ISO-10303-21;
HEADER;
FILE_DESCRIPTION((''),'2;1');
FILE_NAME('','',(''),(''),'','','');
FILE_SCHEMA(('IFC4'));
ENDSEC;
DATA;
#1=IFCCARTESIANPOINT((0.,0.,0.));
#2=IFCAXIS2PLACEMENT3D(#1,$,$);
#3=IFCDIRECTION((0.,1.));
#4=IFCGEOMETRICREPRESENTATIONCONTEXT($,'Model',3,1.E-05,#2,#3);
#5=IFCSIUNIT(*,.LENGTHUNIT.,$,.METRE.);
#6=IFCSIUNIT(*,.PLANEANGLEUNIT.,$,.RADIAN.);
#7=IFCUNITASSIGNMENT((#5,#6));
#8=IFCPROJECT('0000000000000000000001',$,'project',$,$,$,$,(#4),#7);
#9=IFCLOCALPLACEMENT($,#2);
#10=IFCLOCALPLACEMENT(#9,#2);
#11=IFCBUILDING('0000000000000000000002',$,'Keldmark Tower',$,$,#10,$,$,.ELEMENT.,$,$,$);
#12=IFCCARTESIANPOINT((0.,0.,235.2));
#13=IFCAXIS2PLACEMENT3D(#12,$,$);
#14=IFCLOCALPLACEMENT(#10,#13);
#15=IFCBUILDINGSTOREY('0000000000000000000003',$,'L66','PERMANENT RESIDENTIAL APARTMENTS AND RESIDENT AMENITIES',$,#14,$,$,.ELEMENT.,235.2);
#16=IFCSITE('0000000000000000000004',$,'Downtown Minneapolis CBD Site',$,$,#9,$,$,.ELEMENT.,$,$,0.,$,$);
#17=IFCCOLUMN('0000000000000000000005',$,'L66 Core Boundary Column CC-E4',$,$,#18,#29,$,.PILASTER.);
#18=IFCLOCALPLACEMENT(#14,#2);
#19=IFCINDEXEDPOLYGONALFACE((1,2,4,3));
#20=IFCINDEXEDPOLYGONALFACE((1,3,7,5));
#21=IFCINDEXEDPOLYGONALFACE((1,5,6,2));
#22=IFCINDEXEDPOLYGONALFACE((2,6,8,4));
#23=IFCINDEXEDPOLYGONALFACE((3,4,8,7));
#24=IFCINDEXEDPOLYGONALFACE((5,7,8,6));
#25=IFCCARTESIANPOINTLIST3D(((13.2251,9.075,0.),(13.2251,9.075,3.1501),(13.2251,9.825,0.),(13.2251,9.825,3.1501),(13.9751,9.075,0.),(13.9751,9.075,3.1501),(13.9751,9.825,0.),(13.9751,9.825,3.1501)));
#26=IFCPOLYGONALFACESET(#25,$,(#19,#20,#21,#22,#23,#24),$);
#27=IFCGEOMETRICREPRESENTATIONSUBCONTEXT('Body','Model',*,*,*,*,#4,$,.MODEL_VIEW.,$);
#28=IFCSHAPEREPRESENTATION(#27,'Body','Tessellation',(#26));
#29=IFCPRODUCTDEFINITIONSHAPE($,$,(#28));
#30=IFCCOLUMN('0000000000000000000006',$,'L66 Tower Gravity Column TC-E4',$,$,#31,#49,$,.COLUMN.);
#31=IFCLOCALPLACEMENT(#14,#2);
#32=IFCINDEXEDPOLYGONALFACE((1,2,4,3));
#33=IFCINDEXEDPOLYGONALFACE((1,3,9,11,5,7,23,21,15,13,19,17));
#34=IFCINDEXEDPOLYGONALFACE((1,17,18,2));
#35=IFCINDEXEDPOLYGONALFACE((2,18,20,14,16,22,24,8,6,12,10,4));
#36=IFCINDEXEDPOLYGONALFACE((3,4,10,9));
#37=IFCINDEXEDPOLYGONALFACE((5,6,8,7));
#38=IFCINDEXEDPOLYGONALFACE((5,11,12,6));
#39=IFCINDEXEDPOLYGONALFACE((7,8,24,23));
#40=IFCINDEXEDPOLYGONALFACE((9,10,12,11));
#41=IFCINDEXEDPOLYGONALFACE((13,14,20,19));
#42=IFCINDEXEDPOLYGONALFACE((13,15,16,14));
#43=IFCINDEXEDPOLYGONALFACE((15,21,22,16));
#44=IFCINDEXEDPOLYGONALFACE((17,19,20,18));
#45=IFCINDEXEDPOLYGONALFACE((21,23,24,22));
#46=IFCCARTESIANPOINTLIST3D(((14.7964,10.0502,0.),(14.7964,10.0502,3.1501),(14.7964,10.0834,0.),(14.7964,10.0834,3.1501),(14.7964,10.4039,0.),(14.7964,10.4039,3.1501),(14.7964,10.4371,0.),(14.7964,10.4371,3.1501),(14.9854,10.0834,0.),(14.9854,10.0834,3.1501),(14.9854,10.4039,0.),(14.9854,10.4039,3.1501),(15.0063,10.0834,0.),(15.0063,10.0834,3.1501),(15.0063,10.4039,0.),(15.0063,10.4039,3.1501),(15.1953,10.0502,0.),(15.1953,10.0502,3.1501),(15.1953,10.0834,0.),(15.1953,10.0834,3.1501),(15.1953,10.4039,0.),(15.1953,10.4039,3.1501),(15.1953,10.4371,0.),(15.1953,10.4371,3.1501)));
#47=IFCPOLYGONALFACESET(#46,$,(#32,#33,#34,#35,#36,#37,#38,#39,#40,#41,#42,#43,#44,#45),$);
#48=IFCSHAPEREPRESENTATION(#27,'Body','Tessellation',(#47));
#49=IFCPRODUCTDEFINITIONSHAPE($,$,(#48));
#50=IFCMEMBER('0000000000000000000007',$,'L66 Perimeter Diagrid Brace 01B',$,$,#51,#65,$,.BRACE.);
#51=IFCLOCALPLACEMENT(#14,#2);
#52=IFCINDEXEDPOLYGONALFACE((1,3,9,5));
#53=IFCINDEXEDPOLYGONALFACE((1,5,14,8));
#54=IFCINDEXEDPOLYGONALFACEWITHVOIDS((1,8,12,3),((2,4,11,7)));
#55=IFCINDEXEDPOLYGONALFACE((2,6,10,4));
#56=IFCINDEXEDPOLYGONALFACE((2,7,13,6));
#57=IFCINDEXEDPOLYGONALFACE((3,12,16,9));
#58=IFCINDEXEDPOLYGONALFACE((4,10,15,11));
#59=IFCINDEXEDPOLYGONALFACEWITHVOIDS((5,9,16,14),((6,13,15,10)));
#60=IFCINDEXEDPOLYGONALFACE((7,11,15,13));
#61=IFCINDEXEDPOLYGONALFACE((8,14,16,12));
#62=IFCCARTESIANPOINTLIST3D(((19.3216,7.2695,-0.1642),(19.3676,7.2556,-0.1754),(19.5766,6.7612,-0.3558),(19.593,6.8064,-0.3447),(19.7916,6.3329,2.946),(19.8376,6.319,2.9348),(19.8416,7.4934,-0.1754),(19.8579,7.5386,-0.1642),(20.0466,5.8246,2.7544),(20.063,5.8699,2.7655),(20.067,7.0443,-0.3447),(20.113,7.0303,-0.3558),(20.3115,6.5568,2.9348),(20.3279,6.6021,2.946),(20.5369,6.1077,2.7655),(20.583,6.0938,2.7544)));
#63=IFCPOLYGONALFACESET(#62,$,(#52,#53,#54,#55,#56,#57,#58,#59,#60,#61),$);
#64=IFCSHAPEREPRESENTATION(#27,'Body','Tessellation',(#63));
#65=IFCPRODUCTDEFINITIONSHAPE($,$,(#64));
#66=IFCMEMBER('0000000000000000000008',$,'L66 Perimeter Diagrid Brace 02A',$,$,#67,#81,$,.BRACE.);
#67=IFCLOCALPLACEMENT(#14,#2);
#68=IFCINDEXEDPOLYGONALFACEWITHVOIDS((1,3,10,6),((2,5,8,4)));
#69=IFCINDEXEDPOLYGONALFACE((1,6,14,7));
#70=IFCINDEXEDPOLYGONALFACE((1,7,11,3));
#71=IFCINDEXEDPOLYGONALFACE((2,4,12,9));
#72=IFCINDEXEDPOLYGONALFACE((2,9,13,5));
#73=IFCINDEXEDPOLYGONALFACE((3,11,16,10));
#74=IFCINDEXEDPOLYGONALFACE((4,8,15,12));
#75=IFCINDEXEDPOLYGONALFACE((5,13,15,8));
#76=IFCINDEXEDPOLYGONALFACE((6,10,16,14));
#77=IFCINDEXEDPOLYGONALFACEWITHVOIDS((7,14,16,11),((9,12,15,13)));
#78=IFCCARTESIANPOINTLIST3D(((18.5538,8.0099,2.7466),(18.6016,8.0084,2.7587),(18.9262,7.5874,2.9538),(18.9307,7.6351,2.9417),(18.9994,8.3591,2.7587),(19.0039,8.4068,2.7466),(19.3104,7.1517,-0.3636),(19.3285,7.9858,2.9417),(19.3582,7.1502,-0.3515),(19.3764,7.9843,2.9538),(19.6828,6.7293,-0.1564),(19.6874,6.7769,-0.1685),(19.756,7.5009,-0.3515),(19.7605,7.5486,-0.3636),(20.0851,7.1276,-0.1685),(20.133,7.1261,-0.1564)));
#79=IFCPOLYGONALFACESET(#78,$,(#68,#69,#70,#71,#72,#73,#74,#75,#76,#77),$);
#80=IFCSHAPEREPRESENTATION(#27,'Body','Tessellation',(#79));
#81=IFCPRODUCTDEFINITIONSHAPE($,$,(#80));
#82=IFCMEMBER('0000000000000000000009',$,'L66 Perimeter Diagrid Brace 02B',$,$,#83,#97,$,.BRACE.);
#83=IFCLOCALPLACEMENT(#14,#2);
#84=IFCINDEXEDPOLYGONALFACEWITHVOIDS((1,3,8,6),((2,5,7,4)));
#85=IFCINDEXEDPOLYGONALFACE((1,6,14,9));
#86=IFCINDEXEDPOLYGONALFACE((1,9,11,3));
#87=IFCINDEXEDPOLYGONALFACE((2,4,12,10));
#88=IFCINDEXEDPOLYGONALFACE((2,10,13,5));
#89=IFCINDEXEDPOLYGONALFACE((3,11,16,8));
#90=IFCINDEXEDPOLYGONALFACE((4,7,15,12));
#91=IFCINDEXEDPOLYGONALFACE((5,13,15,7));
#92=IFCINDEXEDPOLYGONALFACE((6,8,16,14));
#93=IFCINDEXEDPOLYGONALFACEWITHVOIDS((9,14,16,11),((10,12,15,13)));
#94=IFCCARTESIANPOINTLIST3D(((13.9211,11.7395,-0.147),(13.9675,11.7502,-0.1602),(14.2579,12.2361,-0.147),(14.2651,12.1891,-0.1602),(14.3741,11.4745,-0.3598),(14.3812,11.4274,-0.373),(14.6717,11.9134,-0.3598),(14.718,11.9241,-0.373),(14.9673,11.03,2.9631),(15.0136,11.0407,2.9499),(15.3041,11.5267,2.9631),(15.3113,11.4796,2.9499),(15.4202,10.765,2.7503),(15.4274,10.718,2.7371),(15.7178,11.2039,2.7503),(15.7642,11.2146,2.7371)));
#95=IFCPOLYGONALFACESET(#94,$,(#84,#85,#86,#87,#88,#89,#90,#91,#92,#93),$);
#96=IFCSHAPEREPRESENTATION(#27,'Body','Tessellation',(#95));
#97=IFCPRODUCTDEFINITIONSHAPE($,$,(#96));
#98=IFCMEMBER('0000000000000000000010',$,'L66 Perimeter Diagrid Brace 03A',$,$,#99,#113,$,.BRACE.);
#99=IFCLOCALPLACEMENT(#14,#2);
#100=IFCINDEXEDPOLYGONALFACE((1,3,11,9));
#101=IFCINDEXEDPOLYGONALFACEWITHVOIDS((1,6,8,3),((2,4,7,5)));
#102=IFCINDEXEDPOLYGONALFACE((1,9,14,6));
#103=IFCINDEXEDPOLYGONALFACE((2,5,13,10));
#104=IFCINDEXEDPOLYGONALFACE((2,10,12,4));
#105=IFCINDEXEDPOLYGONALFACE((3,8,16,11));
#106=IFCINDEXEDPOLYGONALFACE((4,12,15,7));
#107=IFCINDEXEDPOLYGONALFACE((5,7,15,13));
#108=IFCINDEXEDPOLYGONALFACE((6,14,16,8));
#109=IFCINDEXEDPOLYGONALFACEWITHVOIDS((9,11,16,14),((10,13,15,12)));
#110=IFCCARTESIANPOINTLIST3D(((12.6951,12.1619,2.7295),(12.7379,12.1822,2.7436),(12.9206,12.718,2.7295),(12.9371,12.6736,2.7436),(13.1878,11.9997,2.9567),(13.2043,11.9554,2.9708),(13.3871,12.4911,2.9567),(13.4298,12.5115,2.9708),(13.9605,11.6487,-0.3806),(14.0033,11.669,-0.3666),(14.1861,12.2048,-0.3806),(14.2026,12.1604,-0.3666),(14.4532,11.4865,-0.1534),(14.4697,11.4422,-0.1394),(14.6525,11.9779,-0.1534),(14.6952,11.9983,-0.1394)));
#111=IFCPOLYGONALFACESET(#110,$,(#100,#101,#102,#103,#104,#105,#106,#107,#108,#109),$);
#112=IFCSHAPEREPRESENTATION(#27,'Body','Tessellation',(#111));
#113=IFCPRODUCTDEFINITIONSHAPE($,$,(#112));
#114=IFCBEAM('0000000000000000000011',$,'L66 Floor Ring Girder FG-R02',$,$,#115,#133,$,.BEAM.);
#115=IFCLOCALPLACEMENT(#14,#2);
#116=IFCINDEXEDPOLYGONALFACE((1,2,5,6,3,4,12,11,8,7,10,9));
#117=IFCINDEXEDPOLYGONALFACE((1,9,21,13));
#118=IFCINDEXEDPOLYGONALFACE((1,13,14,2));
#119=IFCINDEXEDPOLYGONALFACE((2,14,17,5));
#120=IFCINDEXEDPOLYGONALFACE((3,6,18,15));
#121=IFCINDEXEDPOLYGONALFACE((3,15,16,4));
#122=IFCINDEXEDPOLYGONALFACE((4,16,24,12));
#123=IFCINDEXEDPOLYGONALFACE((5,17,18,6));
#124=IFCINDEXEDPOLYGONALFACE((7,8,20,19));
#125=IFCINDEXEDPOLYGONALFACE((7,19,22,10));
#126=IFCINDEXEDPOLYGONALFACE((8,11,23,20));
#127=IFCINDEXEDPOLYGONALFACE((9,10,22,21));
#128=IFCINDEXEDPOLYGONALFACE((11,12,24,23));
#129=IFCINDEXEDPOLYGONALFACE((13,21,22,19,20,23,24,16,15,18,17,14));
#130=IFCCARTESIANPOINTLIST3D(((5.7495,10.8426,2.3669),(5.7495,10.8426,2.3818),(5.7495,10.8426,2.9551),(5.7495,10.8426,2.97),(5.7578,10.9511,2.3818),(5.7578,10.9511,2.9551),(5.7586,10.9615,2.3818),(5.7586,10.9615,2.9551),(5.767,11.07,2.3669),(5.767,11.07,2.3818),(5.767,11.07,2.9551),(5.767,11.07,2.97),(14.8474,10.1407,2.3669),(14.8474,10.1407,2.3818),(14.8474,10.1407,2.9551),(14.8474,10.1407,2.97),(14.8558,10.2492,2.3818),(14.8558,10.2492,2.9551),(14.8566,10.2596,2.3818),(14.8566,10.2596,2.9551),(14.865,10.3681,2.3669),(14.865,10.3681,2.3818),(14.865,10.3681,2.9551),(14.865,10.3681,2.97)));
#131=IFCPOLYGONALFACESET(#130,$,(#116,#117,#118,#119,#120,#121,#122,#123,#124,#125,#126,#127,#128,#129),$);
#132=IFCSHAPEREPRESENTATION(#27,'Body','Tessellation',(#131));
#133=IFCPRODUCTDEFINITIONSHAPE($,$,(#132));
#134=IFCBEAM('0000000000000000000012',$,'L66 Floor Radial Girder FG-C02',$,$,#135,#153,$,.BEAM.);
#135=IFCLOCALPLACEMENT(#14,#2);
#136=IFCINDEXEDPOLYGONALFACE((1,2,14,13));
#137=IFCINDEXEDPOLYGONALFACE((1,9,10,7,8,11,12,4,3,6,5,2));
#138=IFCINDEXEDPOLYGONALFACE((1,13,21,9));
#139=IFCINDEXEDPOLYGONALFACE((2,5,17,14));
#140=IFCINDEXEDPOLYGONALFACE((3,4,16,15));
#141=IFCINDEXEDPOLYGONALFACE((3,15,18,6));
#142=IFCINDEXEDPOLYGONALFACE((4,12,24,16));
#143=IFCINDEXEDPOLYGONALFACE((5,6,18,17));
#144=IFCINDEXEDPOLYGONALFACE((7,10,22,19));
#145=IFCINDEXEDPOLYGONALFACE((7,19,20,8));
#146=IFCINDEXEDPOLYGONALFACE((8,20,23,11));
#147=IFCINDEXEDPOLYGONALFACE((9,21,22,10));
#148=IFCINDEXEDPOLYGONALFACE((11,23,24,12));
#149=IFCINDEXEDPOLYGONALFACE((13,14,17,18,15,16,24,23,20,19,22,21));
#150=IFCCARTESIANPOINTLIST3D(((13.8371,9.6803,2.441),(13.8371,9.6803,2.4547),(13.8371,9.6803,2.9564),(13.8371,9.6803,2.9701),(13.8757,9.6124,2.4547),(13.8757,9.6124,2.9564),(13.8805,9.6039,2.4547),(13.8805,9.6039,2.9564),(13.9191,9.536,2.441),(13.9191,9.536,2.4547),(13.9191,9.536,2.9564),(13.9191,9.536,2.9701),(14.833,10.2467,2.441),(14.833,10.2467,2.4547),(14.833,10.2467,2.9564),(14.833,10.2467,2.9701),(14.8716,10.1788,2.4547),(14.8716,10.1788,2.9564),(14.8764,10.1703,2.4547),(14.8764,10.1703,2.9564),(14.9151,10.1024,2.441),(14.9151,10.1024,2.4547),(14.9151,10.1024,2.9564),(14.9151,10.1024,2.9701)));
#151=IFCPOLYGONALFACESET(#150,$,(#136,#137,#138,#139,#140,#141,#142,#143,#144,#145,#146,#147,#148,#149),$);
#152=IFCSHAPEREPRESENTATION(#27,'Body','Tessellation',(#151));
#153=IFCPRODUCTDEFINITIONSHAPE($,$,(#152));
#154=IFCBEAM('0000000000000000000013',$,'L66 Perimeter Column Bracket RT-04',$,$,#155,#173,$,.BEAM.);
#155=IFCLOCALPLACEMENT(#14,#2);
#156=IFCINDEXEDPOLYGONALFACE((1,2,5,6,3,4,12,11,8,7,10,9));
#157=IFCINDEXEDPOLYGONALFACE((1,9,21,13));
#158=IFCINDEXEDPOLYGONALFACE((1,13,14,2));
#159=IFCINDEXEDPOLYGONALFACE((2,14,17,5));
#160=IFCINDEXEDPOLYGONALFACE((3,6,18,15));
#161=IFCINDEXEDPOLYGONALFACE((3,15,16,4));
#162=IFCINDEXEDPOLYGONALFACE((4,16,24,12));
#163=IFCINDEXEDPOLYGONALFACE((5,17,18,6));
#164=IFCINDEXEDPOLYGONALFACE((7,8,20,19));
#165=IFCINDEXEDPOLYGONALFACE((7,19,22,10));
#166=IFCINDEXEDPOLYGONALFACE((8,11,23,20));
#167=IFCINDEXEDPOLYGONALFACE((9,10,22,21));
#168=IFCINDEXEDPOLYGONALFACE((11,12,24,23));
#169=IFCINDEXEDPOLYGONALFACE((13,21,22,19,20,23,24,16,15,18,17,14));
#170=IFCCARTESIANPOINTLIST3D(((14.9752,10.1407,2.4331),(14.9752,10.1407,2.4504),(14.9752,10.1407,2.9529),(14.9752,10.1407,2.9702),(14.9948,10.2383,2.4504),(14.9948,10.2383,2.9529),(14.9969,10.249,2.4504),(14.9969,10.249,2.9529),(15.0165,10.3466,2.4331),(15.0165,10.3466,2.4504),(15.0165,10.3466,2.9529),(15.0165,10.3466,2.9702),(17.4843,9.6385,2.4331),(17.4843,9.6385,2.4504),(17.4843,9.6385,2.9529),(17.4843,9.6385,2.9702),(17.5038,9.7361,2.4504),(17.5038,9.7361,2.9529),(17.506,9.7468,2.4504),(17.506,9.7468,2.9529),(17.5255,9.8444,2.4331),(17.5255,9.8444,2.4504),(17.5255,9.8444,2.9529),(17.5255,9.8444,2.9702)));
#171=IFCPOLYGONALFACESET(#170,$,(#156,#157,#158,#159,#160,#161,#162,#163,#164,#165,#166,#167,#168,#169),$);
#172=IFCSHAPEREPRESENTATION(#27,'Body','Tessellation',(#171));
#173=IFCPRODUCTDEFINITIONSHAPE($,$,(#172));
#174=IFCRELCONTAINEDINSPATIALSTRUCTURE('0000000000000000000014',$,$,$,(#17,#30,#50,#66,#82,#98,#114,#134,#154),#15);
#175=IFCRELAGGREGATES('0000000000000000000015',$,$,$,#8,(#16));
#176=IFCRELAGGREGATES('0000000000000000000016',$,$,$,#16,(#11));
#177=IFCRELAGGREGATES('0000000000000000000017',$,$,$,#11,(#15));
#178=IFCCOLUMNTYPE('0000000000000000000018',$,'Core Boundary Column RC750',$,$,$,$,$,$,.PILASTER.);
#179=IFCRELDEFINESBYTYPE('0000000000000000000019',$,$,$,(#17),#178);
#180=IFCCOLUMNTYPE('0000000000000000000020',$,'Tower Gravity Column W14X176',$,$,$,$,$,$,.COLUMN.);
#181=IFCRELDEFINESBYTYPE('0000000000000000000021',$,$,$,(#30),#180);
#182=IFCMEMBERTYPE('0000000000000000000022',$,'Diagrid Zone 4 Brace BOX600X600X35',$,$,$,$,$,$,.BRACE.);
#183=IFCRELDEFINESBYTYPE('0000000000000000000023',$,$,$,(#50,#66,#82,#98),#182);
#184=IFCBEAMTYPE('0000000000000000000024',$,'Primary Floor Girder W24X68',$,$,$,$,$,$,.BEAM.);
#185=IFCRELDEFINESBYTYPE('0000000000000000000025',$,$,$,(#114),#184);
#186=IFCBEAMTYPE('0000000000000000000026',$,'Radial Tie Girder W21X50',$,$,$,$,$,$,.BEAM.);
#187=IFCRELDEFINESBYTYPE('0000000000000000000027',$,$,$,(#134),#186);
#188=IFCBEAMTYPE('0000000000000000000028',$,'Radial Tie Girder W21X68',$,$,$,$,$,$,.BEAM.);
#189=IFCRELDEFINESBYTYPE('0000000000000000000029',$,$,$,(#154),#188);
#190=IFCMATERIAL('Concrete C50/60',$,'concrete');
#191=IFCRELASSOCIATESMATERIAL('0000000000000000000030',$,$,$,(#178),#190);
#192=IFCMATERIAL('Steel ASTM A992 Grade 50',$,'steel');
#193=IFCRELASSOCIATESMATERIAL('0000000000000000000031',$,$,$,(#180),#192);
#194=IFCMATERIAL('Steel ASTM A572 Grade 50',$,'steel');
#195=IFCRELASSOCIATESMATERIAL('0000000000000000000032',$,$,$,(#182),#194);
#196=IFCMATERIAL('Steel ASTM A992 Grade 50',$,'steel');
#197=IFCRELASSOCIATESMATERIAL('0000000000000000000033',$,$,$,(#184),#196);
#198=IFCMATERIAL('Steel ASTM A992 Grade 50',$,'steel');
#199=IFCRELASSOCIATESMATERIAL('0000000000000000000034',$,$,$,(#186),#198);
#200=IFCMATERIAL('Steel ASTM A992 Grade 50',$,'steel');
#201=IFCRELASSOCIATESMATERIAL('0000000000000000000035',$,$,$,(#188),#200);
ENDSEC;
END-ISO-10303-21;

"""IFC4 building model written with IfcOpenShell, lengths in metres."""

from ifc_helpers import new_model, si_unit, direction, frame, origin, origin_2d, place, context, subcontext, project, spatial, rectangle, hollow_rectangle, i_section, extrude, material, material_profile, profile_set, type_object, element, save


model = new_model("IFC4")

# Units and contexts
model_context = context("Model", 3, precision=1e-05, world=origin(), true_north=direction((0.0, 1.0)))
body_context = subcontext(model_context, "Body", "Model", "MODEL_VIEW")
ifc_project = project(units=[si_unit("LENGTHUNIT", "METRE"), si_unit("PLANEANGLEUNIT", "RADIAN")], contexts=[model_context])

# Site, building, storey
site_placement = place(None, origin())
site = spatial("IfcSite", under=ifc_project, at=site_placement, Name="Downtown Minneapolis CBD Site", CompositionType="ELEMENT", RefElevation=0.0)
building_placement = place(site_placement, origin())
building = spatial("IfcBuilding", under=site, at=building_placement, Name="Keldmark Tower", CompositionType="ELEMENT")
storey_placement = place(building_placement, frame((0.0, 0.0, 235.2)))
storey = spatial("IfcBuildingStorey", under=building, at=storey_placement, Name="L66", Description="PERMANENT RESIDENTIAL APARTMENTS AND RESIDENT AMENITIES", CompositionType="ELEMENT", Elevation=235.2)

# Columns
ifc_material_1 = material(Name="Concrete C50/60", Category="concrete")
ifc_material_profile_1 = material_profile(ifc_material_1, rectangle(XDim=0.75, YDim=0.75, at=origin_2d()), Name="RC750X750")
ifc_profile_set_1 = profile_set([ifc_material_profile_1], Name="Concrete C50/60")
column_type_1 = type_object("IfcColumnType", Name="Core Boundary Column RC750", PredefinedType="PILASTER", material=ifc_profile_set_1)
column_1_placement = place(storey_placement, frame((13.6001, 9.45, 0.0), z_axis=(0.0, 0.0, 1.0), x_axis=(1.0, 0.0, 0.0)))
element("IfcColumn", 1, at=column_1_placement, inside=storey, type_object=column_type_1, Name="L66 Core Boundary Column CC-E4", PredefinedType="PILASTER", context=body_context, shape_type="SweptSolid", body=[
    extrude(rectangle(XDim=0.75, YDim=0.75, at=origin_2d()), origin(), (0.0, 0.0, 1.0), 3.1501),
])
ifc_material_2 = material(Name="Steel ASTM A992 Grade 50", Category="steel")
ifc_material_profile_2 = material_profile(ifc_material_2, i_section(OverallWidth=0.3989, OverallDepth=0.387, WebThickness=0.021, FlangeThickness=0.0332, at=origin_2d()), Name="W14X176")
ifc_profile_set_2 = profile_set([ifc_material_profile_2], Name="Steel ASTM A992 Grade 50")
column_type_2 = type_object("IfcColumnType", Name="Tower Gravity Column W14X176", PredefinedType="COLUMN", material=ifc_profile_set_2)
column_2_placement = place(storey_placement, frame((14.9958, 10.2437, 0.0), z_axis=(0.0, 0.0, 1.0), x_axis=(1.0, 0.0, 0.0)))
element("IfcColumn", 2, at=column_2_placement, inside=storey, type_object=column_type_2, Name="L66 Tower Gravity Column TC-E4", PredefinedType="COLUMN", context=body_context, shape_type="SweptSolid", body=[
    extrude(i_section(OverallWidth=0.3989, OverallDepth=0.387, WebThickness=0.021, FlangeThickness=0.0332, at=origin_2d()), origin(), (0.0, 0.0, 1.0), 3.1501),
])

# Members
ifc_material_3 = material(Name="Steel ASTM A572 Grade 50", Category="steel")
ifc_material_profile_3 = material_profile(ifc_material_3, hollow_rectangle(XDim=0.6001, YDim=0.6001, WallThickness=0.0349, at=origin_2d()), Name="BOX600X600X35")
ifc_profile_set_3 = profile_set([ifc_material_profile_3], Name="Steel ASTM A572 Grade 50")
member_type = type_object("IfcMemberType", Name="Diagrid Zone 4 Brace BOX600X600X35", PredefinedType="BRACE", material=ifc_profile_set_3)
member_1_placement = place(storey_placement, frame((19.7173, 7.1499, -0.26), z_axis=(0.143202, -0.285362, 0.947661), x_axis=(0.893774, 0.448518, 0.0)))
element("IfcMember", 3, at=member_1_placement, inside=storey, type_object=member_type, Name="L66 Perimeter Diagrid Brace 01B", PredefinedType="BRACE", context=body_context, shape_type="SweptSolid", body=[
    extrude(hollow_rectangle(XDim=0.6001, YDim=0.6001, WallThickness=0.0349, at=origin_2d()), origin(), (0.0, 0.0, 1.0), 3.282),
])
member_2_placement = place(storey_placement, frame((19.7217, 7.1389, -0.26), z_axis=(-0.228312, 0.25896, 0.938517), x_axis=(-0.750099, -0.661325, 0.0)))
element("IfcMember", 4, at=member_2_placement, inside=storey, type_object=member_type, Name="L66 Perimeter Diagrid Brace 02A", PredefinedType="BRACE", context=body_context, shape_type="SweptSolid", body=[
    extrude(hollow_rectangle(XDim=0.6001, YDim=0.6001, WallThickness=0.0349, at=origin_2d()), origin(), (0.0, 0.0, 1.0), 3.314),
])
member_3_placement = place(storey_placement, frame((14.3196, 11.8318, -0.26), z_axis=(0.311615, -0.211331, 0.92641), x_axis=(0.561279, 0.827626, 0.0)))
element("IfcMember", 5, at=member_3_placement, inside=storey, type_object=member_type, Name="L66 Perimeter Diagrid Brace 02B", PredefinedType="BRACE", context=body_context, shape_type="SweptSolid", body=[
    extrude(hollow_rectangle(XDim=0.6001, YDim=0.6001, WallThickness=0.0349, at=origin_2d()), origin(), (0.0, 0.0, 1.0), 3.3572),
])
member_4_placement = place(storey_placement, frame((14.3279, 11.8235, -0.26), z_axis=(-0.372537, 0.151085, 0.915636), x_axis=(-0.375825, -0.92669, 0.0)))
element("IfcMember", 6, at=member_4_placement, inside=storey, type_object=member_type, Name="L66 Perimeter Diagrid Brace 03A", PredefinedType="BRACE", context=body_context, shape_type="SweptSolid", body=[
    extrude(hollow_rectangle(XDim=0.6001, YDim=0.6001, WallThickness=0.0349, at=origin_2d()), origin(), (0.0, 0.0, 1.0), 3.3967),
])

# Beams
ifc_material_4 = material(Name="Steel ASTM A992 Grade 50", Category="steel")
ifc_material_profile_4 = material_profile(ifc_material_4, i_section(OverallWidth=0.228, OverallDepth=0.603, WebThickness=0.0105, FlangeThickness=0.0149, at=origin_2d()), Name="W24X68")
ifc_profile_set_4 = profile_set([ifc_material_profile_4], Name="Steel ASTM A992 Grade 50")
beam_type_1 = type_object("IfcBeamType", Name="Primary Floor Girder W24X68", PredefinedType="BEAM", material=ifc_profile_set_4)
beam_1_placement = place(storey_placement, frame((14.8562, 10.2544, 2.6685), z_axis=(-0.997037, 0.076922, 0.0), x_axis=(-0.076922, -0.997037, 0.0)))
element("IfcBeam", 7, at=beam_1_placement, inside=storey, type_object=beam_type_1, Name="L66 Floor Ring Girder FG-R02", PredefinedType="BEAM", context=body_context, shape_type="SweptSolid", body=[
    extrude(i_section(OverallWidth=0.228, OverallDepth=0.603, WebThickness=0.0105, FlangeThickness=0.0149, at=origin_2d()), origin(), (0.0, 0.0, 1.0), 9.125),
])
ifc_material_5 = material(Name="Steel ASTM A992 Grade 50", Category="steel")
ifc_material_profile_5 = material_profile(ifc_material_5, i_section(OverallWidth=0.166, OverallDepth=0.5291, WebThickness=0.0098, FlangeThickness=0.0137, at=origin_2d()), Name="W21X50")
ifc_profile_set_5 = profile_set([ifc_material_profile_5], Name="Steel ASTM A992 Grade 50")
beam_type_2 = type_object("IfcBeamType", Name="Radial Tie Girder W21X50", PredefinedType="BEAM", material=ifc_profile_set_5)
beam_2_placement = place(storey_placement, frame((14.874, 10.1746, 2.7056), z_axis=(-0.869238, -0.494394, 0.0), x_axis=(0.494394, -0.869238, 0.0)))
element("IfcBeam", 8, at=beam_2_placement, inside=storey, type_object=beam_type_2, Name="L66 Floor Radial Girder FG-C02", PredefinedType="BEAM", context=body_context, shape_type="SweptSolid", body=[
    extrude(i_section(OverallWidth=0.166, OverallDepth=0.5291, WebThickness=0.0098, FlangeThickness=0.0137, at=origin_2d()), origin(), (0.0, 0.0, 1.0), 1.1458),
])
ifc_material_6 = material(Name="Steel ASTM A992 Grade 50", Category="steel")
ifc_material_profile_6 = material_profile(ifc_material_6, i_section(OverallWidth=0.21, OverallDepth=0.5371, WebThickness=0.011, FlangeThickness=0.0173, at=origin_2d()), Name="W21X68")
ifc_profile_set_6 = profile_set([ifc_material_profile_6], Name="Steel ASTM A992 Grade 50")
beam_type_3 = type_object("IfcBeamType", Name="Radial Tie Girder W21X68", PredefinedType="BEAM", material=ifc_profile_set_6)
beam_3_placement = place(storey_placement, frame((14.9958, 10.2437, 2.7017), z_axis=(0.980551, -0.196263, 0.0), x_axis=(0.196263, 0.980551, 0.0)))
element("IfcBeam", 9, at=beam_3_placement, inside=storey, type_object=beam_type_3, Name="L66 Perimeter Column Bracket RT-04", PredefinedType="BEAM", context=body_context, shape_type="SweptSolid", body=[
    extrude(i_section(OverallWidth=0.21, OverallDepth=0.5371, WebThickness=0.011, FlangeThickness=0.0173, at=origin_2d()), origin(), (0.0, 0.0, 1.0), 2.5588),
])

save(model, "model.ifc")
